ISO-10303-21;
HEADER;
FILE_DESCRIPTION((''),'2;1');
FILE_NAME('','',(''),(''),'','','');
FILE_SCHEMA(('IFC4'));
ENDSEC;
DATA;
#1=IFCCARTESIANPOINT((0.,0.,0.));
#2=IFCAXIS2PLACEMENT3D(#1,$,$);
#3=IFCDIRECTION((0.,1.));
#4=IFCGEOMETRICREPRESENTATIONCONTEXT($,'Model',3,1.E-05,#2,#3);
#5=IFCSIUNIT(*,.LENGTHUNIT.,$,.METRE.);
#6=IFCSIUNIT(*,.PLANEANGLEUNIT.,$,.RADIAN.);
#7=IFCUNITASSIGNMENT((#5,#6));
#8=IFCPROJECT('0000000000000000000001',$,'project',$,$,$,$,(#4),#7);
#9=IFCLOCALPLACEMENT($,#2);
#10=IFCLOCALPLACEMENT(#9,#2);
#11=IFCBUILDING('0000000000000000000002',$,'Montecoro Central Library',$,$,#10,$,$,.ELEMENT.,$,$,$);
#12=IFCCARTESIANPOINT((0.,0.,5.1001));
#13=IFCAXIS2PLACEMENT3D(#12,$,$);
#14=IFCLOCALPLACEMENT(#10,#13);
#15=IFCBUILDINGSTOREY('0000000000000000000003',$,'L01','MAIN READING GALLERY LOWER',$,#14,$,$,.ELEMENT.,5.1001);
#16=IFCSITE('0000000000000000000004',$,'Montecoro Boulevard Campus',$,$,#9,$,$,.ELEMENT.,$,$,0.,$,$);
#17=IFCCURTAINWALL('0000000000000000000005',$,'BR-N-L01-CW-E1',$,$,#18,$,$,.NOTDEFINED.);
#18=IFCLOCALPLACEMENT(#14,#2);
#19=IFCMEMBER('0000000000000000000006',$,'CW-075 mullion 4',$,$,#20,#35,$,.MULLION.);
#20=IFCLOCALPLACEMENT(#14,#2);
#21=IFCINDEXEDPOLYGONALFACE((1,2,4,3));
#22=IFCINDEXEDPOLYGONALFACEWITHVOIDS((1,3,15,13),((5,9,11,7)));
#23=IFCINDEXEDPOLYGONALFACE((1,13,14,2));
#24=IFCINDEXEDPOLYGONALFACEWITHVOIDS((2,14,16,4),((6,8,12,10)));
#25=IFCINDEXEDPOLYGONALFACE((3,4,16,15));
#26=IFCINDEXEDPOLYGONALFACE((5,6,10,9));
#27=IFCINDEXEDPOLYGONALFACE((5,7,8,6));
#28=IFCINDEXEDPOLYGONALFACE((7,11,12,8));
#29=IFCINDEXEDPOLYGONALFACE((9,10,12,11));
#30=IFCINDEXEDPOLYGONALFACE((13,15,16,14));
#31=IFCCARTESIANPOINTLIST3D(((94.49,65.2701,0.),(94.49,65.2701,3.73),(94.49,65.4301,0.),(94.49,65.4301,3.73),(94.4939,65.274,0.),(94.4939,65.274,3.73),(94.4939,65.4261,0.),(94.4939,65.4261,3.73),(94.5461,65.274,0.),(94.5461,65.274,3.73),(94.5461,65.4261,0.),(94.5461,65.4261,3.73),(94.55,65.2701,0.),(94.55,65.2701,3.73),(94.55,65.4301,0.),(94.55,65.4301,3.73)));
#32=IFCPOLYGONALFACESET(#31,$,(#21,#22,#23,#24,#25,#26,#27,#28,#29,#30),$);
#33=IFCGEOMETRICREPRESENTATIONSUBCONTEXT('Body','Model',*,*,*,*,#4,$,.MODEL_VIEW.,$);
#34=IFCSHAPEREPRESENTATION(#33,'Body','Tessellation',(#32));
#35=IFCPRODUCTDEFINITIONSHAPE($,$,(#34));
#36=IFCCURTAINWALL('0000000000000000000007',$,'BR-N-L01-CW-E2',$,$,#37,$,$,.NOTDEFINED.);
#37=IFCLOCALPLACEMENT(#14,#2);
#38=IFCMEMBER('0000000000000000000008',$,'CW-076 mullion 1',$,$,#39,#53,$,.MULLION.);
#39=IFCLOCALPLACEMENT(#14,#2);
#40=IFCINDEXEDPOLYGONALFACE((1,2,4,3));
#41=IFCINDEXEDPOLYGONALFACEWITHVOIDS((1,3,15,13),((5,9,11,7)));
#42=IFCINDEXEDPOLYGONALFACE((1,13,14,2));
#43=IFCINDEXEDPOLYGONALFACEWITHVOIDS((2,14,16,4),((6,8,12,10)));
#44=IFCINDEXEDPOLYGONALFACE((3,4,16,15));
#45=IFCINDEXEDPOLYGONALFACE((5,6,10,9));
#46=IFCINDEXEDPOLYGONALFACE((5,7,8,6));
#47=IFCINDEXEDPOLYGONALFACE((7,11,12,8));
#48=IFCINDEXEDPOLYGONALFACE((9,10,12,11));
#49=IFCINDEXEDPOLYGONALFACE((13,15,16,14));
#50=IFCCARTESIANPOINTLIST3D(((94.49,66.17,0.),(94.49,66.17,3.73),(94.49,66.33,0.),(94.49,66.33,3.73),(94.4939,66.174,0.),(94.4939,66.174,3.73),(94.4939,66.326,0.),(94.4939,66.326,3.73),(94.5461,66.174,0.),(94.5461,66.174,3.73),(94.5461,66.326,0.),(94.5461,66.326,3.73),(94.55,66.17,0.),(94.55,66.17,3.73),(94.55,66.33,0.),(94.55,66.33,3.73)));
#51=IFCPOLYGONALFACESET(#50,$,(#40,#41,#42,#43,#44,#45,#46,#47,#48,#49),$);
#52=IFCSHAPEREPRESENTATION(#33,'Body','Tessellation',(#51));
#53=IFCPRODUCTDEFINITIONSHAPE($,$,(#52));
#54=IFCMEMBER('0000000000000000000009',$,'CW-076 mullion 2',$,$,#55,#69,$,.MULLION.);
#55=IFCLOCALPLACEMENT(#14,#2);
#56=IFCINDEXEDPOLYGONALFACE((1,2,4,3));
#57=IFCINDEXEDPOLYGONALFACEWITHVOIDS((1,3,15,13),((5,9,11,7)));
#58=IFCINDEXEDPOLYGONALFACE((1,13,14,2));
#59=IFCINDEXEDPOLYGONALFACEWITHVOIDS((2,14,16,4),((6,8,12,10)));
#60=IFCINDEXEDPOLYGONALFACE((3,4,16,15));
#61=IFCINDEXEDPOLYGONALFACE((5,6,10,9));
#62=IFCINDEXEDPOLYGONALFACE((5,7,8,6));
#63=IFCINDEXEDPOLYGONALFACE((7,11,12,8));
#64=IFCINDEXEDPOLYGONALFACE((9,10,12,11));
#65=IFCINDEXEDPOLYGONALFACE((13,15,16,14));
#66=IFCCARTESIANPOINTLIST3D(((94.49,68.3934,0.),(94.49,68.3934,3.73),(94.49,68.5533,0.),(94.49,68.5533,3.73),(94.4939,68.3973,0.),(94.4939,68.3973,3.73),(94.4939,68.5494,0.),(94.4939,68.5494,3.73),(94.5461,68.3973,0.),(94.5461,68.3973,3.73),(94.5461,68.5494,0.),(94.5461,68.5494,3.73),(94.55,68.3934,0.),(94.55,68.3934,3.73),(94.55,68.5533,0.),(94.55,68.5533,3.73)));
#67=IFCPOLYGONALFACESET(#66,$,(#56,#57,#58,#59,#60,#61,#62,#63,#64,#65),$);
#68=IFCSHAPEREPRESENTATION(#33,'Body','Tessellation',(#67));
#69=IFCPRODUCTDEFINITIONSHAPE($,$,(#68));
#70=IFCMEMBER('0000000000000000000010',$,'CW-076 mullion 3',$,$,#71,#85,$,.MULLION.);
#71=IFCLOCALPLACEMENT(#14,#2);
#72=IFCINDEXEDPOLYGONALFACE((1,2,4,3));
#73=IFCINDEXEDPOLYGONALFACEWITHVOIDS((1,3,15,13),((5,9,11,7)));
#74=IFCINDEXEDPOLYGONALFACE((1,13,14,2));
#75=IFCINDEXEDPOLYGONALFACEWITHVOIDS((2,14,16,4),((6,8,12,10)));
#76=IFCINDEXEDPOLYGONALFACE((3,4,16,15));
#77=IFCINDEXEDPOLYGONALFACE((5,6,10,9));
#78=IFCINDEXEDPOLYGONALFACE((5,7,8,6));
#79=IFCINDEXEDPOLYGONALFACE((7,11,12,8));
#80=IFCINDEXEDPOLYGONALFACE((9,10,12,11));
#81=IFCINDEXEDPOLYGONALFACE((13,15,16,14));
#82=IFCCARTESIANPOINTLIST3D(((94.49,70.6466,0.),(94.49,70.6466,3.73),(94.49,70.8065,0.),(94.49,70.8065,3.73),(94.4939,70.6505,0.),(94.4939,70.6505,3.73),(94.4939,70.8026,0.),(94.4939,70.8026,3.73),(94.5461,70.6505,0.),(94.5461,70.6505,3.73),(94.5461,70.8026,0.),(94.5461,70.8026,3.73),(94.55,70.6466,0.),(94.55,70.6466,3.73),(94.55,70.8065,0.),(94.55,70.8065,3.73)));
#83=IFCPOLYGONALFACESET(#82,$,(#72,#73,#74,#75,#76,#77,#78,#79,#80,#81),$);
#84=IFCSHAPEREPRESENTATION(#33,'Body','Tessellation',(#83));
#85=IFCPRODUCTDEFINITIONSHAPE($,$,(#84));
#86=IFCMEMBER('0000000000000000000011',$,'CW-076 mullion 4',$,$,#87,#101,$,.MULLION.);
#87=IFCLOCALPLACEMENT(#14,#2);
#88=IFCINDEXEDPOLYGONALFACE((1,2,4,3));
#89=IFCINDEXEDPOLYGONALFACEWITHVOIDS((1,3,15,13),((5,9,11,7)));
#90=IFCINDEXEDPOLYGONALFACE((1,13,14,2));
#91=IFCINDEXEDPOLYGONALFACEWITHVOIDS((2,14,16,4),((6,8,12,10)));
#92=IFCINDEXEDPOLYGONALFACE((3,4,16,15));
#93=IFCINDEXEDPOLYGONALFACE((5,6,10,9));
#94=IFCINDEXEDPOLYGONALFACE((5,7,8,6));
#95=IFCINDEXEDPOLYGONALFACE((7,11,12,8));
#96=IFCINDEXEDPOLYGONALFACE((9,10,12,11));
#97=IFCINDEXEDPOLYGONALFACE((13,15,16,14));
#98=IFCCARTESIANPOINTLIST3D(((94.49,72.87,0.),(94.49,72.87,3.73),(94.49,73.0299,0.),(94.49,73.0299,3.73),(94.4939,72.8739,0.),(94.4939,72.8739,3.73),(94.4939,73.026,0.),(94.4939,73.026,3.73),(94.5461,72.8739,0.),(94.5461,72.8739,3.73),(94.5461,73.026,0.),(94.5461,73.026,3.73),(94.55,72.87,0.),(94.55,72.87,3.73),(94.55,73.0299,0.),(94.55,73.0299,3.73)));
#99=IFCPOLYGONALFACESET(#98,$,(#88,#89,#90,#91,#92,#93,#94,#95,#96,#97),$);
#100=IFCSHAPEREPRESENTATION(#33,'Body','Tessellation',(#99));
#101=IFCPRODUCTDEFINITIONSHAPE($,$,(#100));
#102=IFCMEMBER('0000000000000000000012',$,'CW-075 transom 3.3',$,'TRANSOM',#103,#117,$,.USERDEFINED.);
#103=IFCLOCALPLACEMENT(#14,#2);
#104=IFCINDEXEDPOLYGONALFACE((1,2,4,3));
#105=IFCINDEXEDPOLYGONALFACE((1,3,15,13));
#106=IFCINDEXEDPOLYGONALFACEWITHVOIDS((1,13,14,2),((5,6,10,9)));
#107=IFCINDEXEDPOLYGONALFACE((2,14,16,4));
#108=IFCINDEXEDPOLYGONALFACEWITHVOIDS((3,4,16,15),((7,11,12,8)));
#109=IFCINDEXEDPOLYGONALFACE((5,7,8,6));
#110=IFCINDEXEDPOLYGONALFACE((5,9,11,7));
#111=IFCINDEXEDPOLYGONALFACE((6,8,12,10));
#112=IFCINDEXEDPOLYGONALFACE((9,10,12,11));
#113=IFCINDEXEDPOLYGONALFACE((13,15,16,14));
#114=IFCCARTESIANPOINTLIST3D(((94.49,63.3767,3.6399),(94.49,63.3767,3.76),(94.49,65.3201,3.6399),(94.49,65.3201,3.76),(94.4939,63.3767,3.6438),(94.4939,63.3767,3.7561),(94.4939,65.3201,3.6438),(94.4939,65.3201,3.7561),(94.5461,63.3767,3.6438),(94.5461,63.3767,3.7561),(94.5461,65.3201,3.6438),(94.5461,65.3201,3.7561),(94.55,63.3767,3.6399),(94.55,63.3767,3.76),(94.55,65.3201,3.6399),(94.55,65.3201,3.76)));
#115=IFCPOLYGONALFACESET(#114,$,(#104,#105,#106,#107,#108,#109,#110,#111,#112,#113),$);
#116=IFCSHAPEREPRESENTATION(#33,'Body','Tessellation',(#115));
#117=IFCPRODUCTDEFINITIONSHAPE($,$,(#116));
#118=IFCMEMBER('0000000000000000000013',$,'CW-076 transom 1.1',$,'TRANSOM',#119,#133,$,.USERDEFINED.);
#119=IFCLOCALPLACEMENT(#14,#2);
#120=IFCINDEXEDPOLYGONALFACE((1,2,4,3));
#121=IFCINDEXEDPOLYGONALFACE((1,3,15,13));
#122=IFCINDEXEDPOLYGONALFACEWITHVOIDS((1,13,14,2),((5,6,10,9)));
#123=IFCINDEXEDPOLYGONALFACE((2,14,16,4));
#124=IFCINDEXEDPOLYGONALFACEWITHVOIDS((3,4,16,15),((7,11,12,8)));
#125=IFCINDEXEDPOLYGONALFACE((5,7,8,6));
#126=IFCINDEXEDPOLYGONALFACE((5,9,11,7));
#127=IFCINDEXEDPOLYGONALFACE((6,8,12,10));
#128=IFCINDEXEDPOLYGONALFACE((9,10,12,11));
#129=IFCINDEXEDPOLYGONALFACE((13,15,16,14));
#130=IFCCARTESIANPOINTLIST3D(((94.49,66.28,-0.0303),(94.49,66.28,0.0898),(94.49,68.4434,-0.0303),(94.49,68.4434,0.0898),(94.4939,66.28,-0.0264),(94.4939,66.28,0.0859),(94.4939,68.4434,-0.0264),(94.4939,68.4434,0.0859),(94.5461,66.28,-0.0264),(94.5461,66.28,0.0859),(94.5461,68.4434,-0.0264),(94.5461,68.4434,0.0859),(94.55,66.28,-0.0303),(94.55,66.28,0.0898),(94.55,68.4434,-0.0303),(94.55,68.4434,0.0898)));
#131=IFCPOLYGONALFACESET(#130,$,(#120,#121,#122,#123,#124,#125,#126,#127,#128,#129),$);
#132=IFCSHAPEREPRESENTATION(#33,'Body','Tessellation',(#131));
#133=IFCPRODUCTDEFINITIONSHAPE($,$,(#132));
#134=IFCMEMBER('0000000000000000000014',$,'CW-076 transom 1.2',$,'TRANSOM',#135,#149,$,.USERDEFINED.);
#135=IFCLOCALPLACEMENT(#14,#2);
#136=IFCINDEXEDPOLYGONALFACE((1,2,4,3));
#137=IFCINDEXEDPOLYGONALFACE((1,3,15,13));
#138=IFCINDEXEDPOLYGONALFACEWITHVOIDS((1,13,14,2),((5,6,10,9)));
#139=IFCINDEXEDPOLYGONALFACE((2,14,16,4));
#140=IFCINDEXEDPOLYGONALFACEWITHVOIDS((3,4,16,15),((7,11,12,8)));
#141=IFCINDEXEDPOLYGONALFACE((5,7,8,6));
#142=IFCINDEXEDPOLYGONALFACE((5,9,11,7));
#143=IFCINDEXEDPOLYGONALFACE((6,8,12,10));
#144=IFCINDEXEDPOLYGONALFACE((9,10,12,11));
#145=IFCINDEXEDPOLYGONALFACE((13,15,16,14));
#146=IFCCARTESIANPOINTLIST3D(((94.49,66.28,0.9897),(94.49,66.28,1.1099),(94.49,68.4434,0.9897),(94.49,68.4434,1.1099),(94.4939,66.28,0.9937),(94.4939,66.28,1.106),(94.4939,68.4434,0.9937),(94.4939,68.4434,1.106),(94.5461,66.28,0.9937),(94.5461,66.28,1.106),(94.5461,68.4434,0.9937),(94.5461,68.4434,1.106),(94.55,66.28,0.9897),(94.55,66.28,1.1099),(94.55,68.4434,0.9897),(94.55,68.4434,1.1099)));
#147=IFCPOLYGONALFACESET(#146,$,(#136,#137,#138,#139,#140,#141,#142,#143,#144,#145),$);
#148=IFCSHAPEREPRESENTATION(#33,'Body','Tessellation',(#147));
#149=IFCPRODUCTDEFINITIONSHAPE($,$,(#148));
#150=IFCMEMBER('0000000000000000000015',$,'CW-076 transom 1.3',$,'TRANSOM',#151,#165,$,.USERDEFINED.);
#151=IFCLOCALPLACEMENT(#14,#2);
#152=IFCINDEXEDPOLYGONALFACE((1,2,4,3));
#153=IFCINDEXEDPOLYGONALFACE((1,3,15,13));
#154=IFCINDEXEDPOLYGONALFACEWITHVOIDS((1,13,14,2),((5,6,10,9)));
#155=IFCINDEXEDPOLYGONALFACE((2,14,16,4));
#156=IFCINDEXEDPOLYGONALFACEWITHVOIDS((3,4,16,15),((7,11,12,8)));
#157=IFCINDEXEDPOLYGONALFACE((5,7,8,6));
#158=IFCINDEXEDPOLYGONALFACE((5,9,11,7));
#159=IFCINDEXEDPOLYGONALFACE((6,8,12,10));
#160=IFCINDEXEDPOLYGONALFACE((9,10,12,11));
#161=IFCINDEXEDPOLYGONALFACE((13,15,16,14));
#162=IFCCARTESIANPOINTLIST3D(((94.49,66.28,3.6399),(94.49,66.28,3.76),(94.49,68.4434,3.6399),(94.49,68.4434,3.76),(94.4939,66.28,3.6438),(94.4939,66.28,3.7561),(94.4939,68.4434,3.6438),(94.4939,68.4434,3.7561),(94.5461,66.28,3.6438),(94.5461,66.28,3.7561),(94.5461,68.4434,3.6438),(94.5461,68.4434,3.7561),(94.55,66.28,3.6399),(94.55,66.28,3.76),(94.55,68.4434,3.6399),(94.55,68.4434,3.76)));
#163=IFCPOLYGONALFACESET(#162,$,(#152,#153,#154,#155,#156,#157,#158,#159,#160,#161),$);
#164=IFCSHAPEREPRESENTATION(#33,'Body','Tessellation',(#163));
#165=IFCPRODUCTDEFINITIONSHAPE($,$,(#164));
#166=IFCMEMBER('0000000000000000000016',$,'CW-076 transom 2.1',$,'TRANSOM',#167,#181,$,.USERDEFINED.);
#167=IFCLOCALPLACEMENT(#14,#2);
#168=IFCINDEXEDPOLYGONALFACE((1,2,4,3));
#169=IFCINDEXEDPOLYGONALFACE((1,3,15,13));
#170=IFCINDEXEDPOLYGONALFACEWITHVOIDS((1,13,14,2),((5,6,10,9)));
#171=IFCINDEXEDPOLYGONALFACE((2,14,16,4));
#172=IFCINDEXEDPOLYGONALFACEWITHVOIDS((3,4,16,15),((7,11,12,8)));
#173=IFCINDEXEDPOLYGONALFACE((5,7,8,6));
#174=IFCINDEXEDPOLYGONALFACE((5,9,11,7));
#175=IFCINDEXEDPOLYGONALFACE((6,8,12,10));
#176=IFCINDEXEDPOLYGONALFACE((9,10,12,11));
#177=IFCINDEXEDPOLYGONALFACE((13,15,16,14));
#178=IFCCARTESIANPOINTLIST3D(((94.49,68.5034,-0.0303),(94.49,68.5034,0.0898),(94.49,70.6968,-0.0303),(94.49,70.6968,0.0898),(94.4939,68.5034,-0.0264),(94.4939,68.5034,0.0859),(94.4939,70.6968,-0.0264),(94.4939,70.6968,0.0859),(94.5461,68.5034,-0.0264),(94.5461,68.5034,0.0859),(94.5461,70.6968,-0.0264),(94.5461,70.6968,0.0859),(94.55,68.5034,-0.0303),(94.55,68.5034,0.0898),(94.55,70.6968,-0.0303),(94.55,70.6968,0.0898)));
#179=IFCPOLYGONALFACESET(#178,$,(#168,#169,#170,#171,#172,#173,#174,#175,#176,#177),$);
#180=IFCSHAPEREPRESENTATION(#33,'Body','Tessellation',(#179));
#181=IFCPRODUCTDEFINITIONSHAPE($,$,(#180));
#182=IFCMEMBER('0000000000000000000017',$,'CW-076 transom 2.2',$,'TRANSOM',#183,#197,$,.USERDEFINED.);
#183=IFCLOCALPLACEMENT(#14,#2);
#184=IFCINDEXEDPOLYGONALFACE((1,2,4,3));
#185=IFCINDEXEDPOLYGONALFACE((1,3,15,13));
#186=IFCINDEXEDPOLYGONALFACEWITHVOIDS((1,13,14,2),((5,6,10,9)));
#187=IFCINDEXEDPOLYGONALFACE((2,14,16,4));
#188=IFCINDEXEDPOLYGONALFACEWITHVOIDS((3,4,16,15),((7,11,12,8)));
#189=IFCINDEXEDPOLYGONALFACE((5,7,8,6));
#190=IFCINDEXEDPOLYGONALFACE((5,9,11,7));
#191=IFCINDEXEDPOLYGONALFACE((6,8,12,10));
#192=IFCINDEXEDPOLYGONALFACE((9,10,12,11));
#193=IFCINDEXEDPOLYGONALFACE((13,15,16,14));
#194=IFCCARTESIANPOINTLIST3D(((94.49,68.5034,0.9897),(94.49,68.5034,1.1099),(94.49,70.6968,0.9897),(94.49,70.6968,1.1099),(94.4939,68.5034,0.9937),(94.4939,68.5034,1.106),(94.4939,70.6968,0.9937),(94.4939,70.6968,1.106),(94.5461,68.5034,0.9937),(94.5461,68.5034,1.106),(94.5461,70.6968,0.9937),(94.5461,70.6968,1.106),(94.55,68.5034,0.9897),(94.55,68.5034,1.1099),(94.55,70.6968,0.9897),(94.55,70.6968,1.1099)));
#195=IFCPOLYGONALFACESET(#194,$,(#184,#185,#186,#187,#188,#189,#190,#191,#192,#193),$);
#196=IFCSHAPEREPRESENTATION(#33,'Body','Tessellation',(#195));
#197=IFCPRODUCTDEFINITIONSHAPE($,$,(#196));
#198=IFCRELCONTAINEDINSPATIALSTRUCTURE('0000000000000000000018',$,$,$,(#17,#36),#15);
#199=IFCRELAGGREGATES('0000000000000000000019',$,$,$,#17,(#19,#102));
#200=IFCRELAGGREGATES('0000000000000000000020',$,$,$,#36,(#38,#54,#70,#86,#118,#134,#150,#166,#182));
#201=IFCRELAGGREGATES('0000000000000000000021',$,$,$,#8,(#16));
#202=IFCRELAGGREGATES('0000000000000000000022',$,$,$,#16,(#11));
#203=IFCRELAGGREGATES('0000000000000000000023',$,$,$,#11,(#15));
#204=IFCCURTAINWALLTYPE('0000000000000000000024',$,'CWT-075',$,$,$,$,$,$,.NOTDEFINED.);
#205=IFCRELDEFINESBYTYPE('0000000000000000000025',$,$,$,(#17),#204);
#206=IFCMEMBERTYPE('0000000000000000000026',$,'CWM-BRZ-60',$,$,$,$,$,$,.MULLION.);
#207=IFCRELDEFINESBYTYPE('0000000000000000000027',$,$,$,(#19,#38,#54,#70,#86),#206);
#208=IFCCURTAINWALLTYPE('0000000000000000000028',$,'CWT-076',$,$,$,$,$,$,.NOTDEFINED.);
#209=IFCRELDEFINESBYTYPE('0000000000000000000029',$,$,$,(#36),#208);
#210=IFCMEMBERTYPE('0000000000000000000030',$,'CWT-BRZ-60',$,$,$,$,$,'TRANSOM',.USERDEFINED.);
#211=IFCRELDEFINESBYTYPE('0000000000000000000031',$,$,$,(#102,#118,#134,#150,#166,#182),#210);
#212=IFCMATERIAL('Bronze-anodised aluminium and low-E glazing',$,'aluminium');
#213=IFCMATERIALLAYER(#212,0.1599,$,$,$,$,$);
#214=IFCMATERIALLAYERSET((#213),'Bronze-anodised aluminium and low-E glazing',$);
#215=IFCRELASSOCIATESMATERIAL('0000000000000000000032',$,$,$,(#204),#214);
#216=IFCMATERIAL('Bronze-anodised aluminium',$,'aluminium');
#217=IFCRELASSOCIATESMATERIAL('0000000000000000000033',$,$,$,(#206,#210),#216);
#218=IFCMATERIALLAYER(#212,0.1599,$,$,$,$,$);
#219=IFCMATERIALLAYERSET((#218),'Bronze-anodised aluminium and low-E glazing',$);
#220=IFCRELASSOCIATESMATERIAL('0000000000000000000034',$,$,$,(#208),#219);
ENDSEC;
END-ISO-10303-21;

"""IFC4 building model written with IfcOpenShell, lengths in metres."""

from ifc_helpers import new_model, si_unit, direction, frame, origin, origin_2d, place, context, subcontext, project, spatial, hollow_rectangle, extrude, material, layer, layer_set, material_profile, profile_set, type_object, element, aggregate, save


model = new_model("IFC4")

# Units and contexts
model_context = context("Model", 3, precision=1e-05, world=origin(), true_north=direction((0.0, 1.0)))
body_context = subcontext(model_context, "Body", "Model", "MODEL_VIEW")
ifc_project = project(units=[si_unit("LENGTHUNIT", "METRE"), si_unit("PLANEANGLEUNIT", "RADIAN")], contexts=[model_context])

# Site, building, storey
site_placement = place(None, origin())
site = spatial("IfcSite", under=ifc_project, at=site_placement, Name="Montecoro Boulevard Campus", CompositionType="ELEMENT", RefElevation=0.0)
building_placement = place(site_placement, origin())
building = spatial("IfcBuilding", under=site, at=building_placement, Name="Montecoro Central Library", CompositionType="ELEMENT")
storey_placement = place(building_placement, frame((0.0, 0.0, 5.1001)))
storey = spatial("IfcBuildingStorey", under=building, at=storey_placement, Name="L01", Description="MAIN READING GALLERY LOWER", CompositionType="ELEMENT", Elevation=5.1001)

# Curtain wall, member
ifc_material_1 = material(Name="Bronze-anodised aluminium and low-E glazing", Category="aluminium")
ifc_layer_1 = layer(ifc_material_1, 0.1599)
ifc_layer_set_1 = layer_set([ifc_layer_1], Name="Bronze-anodised aluminium and low-E glazing")
curtain_wall_type_1 = type_object("IfcCurtainWallType", Name="CWT-075", PredefinedType="NOTDEFINED", material=ifc_layer_set_1)
curtain_wall_1_placement = place(storey_placement, origin())
curtain_wall_1 = element("IfcCurtainWall", 1, at=curtain_wall_1_placement, inside=storey, type_object=curtain_wall_type_1, Name="BR-N-L01-CW-E1", PredefinedType="NOTDEFINED")
ifc_material_2 = material(Name="Bronze-anodised aluminium", Category="aluminium")
ifc_material_profile_1 = material_profile(ifc_material_2, hollow_rectangle(XDim=0.0601, YDim=0.1599, WallThickness=0.0039, at=origin_2d()), Name="CWM 160x60x4.0")
ifc_profile_set_1 = profile_set([ifc_material_profile_1], Name="Bronze-anodised aluminium")
member_type_1 = type_object("IfcMemberType", Name="CWM-BRZ-60", PredefinedType="MULLION", material=ifc_profile_set_1)
member_1_placement = place(storey_placement, frame((94.52, 65.3501, 0.0), z_axis=(0.0, 0.0, 1.0), x_axis=(-1.0, 0.0, 0.0)))
member_1 = element("IfcMember", 2, at=member_1_placement, type_object=member_type_1, Name="CW-075 mullion 4", PredefinedType="MULLION", context=body_context, shape_type="SweptSolid", body=[
    extrude(hollow_rectangle(XDim=0.0601, YDim=0.1599, WallThickness=0.0039, at=origin_2d()), origin(), (0.0, 0.0, 1.0), 3.73),
])

# Curtain wall, members
ifc_layer_2 = layer(ifc_material_1, 0.1599)
ifc_layer_set_2 = layer_set([ifc_layer_2], Name="Bronze-anodised aluminium and low-E glazing")
curtain_wall_type_2 = type_object("IfcCurtainWallType", Name="CWT-076", PredefinedType="NOTDEFINED", material=ifc_layer_set_2)
curtain_wall_2_placement = place(storey_placement, origin())
curtain_wall_2 = element("IfcCurtainWall", 3, at=curtain_wall_2_placement, inside=storey, type_object=curtain_wall_type_2, Name="BR-N-L01-CW-E2", PredefinedType="NOTDEFINED")
member_2_placement = place(storey_placement, frame((94.52, 66.25, 0.0), z_axis=(0.0, 0.0, 1.0), x_axis=(-1.0, 0.0, 0.0)))
member_2 = element("IfcMember", 4, at=member_2_placement, type_object=member_type_1, Name="CW-076 mullion 1", PredefinedType="MULLION", context=body_context, shape_type="SweptSolid", body=[
    extrude(hollow_rectangle(XDim=0.0601, YDim=0.1599, WallThickness=0.0039, at=origin_2d()), origin(), (0.0, 0.0, 1.0), 3.73),
])
member_3_placement = place(storey_placement, frame((94.52, 68.4734, 0.0), z_axis=(0.0, 0.0, 1.0), x_axis=(-1.0, 0.0, 0.0)))
member_3 = element("IfcMember", 5, at=member_3_placement, type_object=member_type_1, Name="CW-076 mullion 2", PredefinedType="MULLION", context=body_context, shape_type="SweptSolid", body=[
    extrude(hollow_rectangle(XDim=0.0601, YDim=0.1599, WallThickness=0.0039, at=origin_2d()), origin(), (0.0, 0.0, 1.0), 3.73),
])
member_4_placement = place(storey_placement, frame((94.52, 70.7266, 0.0), z_axis=(0.0, 0.0, 1.0), x_axis=(-1.0, 0.0, 0.0)))
member_4 = element("IfcMember", 6, at=member_4_placement, type_object=member_type_1, Name="CW-076 mullion 3", PredefinedType="MULLION", context=body_context, shape_type="SweptSolid", body=[
    extrude(hollow_rectangle(XDim=0.0601, YDim=0.1599, WallThickness=0.0039, at=origin_2d()), origin(), (0.0, 0.0, 1.0), 3.73),
])
member_5_placement = place(storey_placement, frame((94.52, 72.95, 0.0), z_axis=(0.0, 0.0, 1.0), x_axis=(-1.0, 0.0, 0.0)))
member_5 = element("IfcMember", 7, at=member_5_placement, type_object=member_type_1, Name="CW-076 mullion 4", PredefinedType="MULLION", context=body_context, shape_type="SweptSolid", body=[
    extrude(hollow_rectangle(XDim=0.0601, YDim=0.1599, WallThickness=0.0039, at=origin_2d()), origin(), (0.0, 0.0, 1.0), 3.73),
])

# Members
ifc_material_profile_2 = material_profile(ifc_material_2, hollow_rectangle(XDim=0.0601, YDim=0.1201, WallThickness=0.0039, at=origin_2d()), Name="CWT 120x60x4.0")
ifc_profile_set_2 = profile_set([ifc_material_profile_2], Name="Bronze-anodised aluminium")
member_type_2 = type_object("IfcMemberType", Name="CWT-BRZ-60", ElementType="TRANSOM", PredefinedType="USERDEFINED", material=ifc_profile_set_2)
member_6_placement = place(storey_placement, frame((94.52, 63.3767, 3.7), z_axis=(0.0, 1.0, 0.0), x_axis=(-1.0, 0.0, 0.0)))
member_6 = element("IfcMember", 8, at=member_6_placement, type_object=member_type_2, Name="CW-075 transom 3.3", ObjectType="TRANSOM", PredefinedType="USERDEFINED", context=body_context, shape_type="SweptSolid", body=[
    extrude(hollow_rectangle(XDim=0.0601, YDim=0.1201, WallThickness=0.0039, at=origin_2d()), origin(), (0.0, 0.0, 1.0), 1.9434),
])
member_7_placement = place(storey_placement, frame((94.52, 66.28, 0.0298), z_axis=(0.0, 1.0, 0.0), x_axis=(-1.0, 0.0, 0.0)))
member_7 = element("IfcMember", 9, at=member_7_placement, type_object=member_type_2, Name="CW-076 transom 1.1", ObjectType="TRANSOM", PredefinedType="USERDEFINED", context=body_context, shape_type="SweptSolid", body=[
    extrude(hollow_rectangle(XDim=0.0601, YDim=0.1201, WallThickness=0.0039, at=origin_2d()), origin(), (0.0, 0.0, 1.0), 2.1633),
])
member_8_placement = place(storey_placement, frame((94.52, 66.28, 1.0498), z_axis=(0.0, 1.0, 0.0), x_axis=(-1.0, 0.0, 0.0)))
member_8 = element("IfcMember", 10, at=member_8_placement, type_object=member_type_2, Name="CW-076 transom 1.2", ObjectType="TRANSOM", PredefinedType="USERDEFINED", context=body_context, shape_type="SweptSolid", body=[
    extrude(hollow_rectangle(XDim=0.0601, YDim=0.1201, WallThickness=0.0039, at=origin_2d()), origin(), (0.0, 0.0, 1.0), 2.1633),
])
member_9_placement = place(storey_placement, frame((94.52, 66.28, 3.7), z_axis=(0.0, 1.0, 0.0), x_axis=(-1.0, 0.0, 0.0)))
member_9 = element("IfcMember", 11, at=member_9_placement, type_object=member_type_2, Name="CW-076 transom 1.3", ObjectType="TRANSOM", PredefinedType="USERDEFINED", context=body_context, shape_type="SweptSolid", body=[
    extrude(hollow_rectangle(XDim=0.0601, YDim=0.1201, WallThickness=0.0039, at=origin_2d()), origin(), (0.0, 0.0, 1.0), 2.1633),
])
member_10_placement = place(storey_placement, frame((94.52, 68.5034, 0.0298), z_axis=(0.0, 1.0, 0.0), x_axis=(-1.0, 0.0, 0.0)))
member_10 = element("IfcMember", 12, at=member_10_placement, type_object=member_type_2, Name="CW-076 transom 2.1", ObjectType="TRANSOM", PredefinedType="USERDEFINED", context=body_context, shape_type="SweptSolid", body=[
    extrude(hollow_rectangle(XDim=0.0601, YDim=0.1201, WallThickness=0.0039, at=origin_2d()), origin(), (0.0, 0.0, 1.0), 2.1934),
])
member_11_placement = place(storey_placement, frame((94.52, 68.5034, 1.0498), z_axis=(0.0, 1.0, 0.0), x_axis=(-1.0, 0.0, 0.0)))
member_11 = element("IfcMember", 13, at=member_11_placement, type_object=member_type_2, Name="CW-076 transom 2.2", ObjectType="TRANSOM", PredefinedType="USERDEFINED", context=body_context, shape_type="SweptSolid", body=[
    extrude(hollow_rectangle(XDim=0.0601, YDim=0.1201, WallThickness=0.0039, at=origin_2d()), origin(), (0.0, 0.0, 1.0), 2.1934),
])

aggregate(curtain_wall_1, [member_1, member_6])
aggregate(curtain_wall_2, [member_2, member_3, member_4, member_5, member_7, member_8, member_9, member_10, member_11])

save(model, "model.ifc")
